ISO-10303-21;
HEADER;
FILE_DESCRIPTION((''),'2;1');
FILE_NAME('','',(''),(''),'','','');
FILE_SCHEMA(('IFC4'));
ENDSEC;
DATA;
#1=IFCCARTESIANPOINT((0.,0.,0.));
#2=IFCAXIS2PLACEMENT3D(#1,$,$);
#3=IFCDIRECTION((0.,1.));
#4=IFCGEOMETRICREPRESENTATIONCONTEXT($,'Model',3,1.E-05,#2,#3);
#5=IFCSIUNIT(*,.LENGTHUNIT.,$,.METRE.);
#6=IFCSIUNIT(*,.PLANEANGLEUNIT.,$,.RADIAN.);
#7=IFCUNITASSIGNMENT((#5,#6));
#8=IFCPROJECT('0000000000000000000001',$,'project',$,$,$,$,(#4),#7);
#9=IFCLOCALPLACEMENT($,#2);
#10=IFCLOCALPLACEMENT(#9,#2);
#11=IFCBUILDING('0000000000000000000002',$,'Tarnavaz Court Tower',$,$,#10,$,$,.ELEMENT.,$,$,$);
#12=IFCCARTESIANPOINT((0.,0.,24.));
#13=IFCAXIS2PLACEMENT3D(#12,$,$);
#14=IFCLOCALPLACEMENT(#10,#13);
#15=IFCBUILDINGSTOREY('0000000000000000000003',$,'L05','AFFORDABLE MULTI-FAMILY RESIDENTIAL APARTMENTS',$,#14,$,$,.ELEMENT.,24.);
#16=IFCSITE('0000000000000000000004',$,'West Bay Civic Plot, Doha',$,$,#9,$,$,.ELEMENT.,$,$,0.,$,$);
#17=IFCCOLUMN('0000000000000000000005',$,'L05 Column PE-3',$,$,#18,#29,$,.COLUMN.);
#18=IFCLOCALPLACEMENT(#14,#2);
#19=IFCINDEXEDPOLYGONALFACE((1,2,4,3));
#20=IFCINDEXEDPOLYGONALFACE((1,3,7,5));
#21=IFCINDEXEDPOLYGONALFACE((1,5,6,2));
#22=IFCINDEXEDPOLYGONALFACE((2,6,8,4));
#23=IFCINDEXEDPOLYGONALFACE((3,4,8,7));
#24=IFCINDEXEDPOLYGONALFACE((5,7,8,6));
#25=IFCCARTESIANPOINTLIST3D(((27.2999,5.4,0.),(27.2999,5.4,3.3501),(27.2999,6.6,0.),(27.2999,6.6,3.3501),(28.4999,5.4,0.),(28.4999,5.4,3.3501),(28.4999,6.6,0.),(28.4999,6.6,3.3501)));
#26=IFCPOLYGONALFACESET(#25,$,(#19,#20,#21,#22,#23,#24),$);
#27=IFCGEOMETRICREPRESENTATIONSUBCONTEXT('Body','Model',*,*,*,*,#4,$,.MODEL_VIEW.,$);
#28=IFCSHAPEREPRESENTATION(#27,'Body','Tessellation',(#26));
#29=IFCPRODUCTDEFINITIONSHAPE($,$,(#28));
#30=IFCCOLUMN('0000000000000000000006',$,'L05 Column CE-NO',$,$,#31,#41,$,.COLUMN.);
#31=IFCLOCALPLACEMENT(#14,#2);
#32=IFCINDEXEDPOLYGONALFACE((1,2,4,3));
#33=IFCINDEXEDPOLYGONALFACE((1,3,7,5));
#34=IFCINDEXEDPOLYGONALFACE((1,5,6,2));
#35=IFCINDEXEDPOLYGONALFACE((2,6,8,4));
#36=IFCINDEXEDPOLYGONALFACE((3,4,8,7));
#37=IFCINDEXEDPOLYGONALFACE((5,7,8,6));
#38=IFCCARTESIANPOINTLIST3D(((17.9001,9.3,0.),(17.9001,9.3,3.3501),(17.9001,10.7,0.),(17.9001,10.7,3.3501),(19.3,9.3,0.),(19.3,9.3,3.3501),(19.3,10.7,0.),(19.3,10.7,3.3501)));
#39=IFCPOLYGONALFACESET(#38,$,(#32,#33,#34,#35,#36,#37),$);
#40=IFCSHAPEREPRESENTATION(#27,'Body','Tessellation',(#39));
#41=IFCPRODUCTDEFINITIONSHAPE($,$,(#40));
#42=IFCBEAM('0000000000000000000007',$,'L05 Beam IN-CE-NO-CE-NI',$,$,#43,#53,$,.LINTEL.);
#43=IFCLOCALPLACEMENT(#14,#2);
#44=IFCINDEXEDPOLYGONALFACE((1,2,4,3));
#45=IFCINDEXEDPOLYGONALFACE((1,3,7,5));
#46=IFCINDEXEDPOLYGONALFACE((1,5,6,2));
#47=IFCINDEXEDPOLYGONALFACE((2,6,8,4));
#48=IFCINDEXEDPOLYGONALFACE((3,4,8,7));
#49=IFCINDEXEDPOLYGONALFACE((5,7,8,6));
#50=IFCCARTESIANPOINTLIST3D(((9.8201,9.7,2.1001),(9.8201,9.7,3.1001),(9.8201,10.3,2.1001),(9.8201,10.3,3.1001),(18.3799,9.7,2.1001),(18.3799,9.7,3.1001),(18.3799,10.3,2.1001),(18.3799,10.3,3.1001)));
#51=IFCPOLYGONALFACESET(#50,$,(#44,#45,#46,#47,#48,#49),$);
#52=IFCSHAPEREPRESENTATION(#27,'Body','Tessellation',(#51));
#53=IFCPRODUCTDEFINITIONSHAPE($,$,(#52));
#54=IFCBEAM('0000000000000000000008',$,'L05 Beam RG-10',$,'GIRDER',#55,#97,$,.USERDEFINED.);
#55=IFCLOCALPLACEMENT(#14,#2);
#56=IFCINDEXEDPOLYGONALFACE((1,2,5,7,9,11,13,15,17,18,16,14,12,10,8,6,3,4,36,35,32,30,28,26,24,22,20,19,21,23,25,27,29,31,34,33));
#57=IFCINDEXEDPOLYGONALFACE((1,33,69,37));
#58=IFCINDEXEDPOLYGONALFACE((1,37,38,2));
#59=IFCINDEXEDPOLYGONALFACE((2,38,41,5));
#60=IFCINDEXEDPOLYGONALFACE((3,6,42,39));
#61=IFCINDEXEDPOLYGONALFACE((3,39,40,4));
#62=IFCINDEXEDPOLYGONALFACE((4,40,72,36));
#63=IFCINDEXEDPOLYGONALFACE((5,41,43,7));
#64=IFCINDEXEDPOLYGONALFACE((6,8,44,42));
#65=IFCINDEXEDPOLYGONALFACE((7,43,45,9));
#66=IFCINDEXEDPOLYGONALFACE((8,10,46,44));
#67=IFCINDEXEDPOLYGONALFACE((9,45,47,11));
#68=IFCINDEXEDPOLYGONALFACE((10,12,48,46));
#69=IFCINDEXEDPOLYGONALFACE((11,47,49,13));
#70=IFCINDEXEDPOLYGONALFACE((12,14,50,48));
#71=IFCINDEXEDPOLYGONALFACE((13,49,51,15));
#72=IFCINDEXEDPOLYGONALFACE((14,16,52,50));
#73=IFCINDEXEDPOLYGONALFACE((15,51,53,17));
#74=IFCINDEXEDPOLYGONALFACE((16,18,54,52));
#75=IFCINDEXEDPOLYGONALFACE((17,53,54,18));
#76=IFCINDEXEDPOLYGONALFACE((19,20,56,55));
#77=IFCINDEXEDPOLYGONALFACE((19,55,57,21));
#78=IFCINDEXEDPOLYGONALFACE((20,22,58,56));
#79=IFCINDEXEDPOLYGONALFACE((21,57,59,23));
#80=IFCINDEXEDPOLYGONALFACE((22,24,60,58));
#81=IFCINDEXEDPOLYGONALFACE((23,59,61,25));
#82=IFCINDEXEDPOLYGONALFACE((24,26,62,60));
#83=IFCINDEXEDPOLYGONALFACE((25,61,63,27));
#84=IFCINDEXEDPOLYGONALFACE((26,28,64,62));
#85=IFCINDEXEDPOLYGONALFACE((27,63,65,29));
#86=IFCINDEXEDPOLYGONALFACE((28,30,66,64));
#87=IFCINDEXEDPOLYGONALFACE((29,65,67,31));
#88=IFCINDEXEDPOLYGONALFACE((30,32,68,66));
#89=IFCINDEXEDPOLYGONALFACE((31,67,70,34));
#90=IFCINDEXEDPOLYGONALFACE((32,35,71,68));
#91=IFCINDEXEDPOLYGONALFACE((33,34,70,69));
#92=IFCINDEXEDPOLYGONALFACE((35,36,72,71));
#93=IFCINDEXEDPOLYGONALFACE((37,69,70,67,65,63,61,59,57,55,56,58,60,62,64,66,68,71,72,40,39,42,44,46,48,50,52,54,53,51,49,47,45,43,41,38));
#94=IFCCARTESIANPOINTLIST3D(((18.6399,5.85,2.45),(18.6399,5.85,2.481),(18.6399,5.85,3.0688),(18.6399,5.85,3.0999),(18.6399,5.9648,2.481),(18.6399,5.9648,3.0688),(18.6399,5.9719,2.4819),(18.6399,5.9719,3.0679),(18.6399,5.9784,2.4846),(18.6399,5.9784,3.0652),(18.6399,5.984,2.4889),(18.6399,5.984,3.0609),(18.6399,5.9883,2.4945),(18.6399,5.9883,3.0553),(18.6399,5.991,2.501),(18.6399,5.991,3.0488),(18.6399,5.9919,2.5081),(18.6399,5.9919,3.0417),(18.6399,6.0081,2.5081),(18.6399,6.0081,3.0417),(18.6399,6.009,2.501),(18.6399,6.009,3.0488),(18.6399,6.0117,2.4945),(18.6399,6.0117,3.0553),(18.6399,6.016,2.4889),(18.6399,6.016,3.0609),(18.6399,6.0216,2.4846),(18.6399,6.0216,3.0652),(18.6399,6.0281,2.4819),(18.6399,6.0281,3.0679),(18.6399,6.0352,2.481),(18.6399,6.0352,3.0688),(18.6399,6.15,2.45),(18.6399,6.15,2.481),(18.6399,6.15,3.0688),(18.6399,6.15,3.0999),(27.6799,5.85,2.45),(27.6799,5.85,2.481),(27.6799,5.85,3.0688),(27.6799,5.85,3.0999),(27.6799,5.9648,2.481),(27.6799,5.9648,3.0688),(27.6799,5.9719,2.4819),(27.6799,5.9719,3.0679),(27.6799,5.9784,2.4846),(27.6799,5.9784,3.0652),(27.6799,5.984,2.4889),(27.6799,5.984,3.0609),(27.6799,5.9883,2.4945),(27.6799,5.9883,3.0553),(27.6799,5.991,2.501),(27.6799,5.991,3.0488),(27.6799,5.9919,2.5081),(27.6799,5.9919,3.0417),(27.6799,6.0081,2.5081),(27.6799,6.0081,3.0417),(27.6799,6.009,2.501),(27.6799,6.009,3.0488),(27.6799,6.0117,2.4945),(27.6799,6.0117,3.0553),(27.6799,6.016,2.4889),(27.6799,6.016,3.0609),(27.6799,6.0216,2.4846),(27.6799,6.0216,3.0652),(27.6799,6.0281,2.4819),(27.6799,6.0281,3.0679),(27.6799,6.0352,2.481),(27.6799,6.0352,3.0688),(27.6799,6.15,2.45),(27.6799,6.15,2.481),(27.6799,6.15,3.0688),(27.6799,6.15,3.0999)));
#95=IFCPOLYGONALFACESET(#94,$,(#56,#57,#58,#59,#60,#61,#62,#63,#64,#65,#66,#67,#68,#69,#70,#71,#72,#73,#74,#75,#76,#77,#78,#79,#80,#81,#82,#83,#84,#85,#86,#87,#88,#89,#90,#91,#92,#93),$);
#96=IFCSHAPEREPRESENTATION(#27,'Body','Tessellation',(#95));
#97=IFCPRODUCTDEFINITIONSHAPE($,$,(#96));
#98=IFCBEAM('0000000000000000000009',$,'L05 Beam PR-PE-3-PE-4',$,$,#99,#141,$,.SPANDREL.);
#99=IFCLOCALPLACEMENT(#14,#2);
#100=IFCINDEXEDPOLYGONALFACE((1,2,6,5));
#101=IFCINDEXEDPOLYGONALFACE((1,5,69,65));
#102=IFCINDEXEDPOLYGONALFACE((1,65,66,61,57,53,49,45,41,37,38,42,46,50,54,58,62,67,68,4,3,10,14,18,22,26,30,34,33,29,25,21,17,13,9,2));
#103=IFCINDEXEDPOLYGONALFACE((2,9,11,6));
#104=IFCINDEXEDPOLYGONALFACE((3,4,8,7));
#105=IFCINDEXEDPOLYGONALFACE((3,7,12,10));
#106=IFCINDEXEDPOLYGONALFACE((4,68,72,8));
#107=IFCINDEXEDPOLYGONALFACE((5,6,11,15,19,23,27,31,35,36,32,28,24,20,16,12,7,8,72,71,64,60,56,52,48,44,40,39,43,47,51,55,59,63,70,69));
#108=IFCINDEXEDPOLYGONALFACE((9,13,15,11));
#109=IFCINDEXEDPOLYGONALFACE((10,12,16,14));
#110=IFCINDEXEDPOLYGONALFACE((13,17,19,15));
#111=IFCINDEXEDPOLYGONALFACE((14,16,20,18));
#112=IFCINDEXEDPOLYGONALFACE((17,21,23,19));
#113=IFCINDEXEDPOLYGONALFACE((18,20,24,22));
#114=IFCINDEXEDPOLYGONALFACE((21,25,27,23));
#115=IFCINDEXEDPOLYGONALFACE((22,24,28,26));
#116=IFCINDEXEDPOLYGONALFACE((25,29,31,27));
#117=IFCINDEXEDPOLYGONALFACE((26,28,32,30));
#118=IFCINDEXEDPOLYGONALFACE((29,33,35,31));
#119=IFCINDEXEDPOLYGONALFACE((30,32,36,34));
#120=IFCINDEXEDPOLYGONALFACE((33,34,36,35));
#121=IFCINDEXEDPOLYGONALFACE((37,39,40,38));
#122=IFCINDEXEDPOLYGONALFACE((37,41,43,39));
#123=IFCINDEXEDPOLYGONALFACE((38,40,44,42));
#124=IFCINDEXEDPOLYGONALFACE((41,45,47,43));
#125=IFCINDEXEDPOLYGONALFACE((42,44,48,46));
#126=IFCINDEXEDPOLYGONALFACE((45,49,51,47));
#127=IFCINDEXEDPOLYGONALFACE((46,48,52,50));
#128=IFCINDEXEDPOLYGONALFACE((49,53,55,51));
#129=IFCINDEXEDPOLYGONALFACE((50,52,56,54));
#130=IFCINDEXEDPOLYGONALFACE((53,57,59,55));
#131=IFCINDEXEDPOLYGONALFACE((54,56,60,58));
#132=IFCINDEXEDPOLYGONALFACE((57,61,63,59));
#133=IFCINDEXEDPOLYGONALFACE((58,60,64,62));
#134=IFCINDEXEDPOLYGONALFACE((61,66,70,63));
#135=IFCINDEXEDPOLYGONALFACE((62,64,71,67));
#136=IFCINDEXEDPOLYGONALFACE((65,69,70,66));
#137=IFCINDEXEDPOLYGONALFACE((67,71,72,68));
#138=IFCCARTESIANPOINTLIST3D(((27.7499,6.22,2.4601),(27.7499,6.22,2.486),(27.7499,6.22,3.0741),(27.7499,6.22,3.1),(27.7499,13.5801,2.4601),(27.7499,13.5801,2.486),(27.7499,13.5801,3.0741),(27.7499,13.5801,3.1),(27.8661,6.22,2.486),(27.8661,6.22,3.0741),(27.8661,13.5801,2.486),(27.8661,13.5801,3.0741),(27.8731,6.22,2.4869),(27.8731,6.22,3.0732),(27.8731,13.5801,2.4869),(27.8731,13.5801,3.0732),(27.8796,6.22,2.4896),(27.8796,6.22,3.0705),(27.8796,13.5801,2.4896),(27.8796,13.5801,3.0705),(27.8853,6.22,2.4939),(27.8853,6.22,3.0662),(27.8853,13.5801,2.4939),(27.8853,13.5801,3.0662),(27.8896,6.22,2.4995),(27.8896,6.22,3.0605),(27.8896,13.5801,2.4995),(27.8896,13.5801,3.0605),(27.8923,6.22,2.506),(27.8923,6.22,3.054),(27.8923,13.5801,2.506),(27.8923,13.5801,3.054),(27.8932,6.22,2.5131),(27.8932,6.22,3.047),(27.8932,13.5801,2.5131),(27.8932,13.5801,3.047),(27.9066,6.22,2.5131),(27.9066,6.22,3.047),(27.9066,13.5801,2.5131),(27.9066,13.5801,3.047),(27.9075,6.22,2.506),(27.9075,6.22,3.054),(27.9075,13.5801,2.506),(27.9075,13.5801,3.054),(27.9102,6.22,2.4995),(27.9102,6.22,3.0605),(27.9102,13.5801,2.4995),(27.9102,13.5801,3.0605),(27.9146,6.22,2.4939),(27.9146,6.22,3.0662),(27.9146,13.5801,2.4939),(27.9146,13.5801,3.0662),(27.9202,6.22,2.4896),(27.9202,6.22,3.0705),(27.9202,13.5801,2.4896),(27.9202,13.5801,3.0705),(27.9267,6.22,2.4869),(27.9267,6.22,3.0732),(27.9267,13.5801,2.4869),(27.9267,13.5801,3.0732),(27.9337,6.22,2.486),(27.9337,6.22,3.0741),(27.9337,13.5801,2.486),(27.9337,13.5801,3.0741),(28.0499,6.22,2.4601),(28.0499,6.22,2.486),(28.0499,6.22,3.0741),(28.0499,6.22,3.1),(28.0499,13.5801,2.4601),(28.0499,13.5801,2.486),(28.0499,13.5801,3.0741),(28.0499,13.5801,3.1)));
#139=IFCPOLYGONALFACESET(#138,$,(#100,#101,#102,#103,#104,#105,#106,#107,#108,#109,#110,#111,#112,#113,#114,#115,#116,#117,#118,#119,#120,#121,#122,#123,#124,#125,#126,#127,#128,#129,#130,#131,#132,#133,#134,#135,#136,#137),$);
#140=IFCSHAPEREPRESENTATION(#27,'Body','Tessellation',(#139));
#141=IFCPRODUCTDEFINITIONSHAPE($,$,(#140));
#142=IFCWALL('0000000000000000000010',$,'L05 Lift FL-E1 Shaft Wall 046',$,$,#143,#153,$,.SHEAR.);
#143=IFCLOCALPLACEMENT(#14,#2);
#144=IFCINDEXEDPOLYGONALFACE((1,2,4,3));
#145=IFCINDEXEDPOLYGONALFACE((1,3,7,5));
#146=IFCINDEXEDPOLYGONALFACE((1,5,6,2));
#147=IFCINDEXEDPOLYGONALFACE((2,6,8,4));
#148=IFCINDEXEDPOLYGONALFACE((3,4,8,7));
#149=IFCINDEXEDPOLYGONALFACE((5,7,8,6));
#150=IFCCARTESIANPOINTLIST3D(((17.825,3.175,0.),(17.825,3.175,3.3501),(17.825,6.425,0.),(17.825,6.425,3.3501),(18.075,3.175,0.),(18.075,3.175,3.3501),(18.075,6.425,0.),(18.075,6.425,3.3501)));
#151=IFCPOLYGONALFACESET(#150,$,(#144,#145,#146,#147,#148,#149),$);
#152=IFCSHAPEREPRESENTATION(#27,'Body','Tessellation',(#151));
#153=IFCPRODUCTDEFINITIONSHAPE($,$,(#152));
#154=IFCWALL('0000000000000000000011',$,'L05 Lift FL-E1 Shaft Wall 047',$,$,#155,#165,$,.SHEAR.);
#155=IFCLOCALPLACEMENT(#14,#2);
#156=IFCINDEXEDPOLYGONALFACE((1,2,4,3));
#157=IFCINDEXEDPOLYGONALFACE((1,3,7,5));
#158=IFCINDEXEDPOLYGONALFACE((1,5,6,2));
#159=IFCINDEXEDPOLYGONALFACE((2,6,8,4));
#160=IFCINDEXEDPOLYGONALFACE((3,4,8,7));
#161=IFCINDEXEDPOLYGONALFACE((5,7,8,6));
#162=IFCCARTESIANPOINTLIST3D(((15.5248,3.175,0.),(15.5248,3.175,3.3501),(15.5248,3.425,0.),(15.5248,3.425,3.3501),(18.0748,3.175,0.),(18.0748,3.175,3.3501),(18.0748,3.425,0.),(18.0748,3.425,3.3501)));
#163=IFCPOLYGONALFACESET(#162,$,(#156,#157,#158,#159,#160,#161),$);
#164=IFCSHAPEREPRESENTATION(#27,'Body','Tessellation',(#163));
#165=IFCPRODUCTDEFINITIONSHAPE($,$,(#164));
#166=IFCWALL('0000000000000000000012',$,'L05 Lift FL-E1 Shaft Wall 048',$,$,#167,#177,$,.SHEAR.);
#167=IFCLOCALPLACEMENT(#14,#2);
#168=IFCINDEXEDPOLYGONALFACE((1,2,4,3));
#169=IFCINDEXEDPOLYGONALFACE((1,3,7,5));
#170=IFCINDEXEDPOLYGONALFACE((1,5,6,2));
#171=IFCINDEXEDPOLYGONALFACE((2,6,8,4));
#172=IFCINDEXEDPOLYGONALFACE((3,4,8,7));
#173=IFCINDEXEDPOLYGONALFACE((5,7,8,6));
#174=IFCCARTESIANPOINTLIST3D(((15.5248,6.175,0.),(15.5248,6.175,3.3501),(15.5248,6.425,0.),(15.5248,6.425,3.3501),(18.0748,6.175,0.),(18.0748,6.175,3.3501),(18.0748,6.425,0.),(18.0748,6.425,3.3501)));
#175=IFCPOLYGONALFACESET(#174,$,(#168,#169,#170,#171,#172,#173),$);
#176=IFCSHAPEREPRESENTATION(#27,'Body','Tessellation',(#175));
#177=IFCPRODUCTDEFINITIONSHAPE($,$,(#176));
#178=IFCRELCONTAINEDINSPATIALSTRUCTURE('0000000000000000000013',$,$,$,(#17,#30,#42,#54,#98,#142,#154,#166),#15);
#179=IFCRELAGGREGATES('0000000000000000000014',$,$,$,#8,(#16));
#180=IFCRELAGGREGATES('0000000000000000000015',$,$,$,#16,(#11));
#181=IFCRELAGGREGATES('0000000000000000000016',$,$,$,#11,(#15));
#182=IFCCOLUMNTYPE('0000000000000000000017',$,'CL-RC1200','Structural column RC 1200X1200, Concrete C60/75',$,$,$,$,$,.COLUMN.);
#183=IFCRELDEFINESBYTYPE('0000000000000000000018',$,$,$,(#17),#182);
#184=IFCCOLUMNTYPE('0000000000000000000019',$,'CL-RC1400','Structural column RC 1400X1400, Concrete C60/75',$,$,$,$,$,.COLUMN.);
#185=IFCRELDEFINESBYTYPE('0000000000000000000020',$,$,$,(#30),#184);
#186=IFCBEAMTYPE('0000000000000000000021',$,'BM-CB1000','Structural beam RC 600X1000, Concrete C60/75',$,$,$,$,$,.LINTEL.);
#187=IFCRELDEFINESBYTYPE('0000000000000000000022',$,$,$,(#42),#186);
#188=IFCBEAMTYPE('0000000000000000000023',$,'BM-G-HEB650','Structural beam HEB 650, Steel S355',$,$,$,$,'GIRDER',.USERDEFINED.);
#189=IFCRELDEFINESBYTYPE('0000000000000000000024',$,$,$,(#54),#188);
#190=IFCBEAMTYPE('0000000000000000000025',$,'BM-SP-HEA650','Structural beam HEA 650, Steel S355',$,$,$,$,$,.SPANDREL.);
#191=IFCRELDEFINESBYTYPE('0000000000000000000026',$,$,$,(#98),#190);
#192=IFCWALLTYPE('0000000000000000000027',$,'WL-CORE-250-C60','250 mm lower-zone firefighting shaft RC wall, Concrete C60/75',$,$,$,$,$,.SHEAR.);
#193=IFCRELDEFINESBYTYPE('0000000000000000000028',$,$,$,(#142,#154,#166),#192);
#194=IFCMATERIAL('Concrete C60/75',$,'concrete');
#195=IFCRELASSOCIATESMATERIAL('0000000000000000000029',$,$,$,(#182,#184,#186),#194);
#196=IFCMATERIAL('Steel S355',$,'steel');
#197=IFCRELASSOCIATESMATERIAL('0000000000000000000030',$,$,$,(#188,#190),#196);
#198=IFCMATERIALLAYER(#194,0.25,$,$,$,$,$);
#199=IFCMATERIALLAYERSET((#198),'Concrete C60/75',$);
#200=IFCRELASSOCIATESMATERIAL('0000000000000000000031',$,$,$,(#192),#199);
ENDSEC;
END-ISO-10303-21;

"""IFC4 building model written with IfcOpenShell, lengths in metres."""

from ifc_helpers import new_model, si_unit, direction, frame, frame_2d, origin, origin_2d, place, context, subcontext, project, spatial, rectangle, i_section, extrude, material, layer, layer_set, material_profile, profile_set, type_object, element, save


model = new_model("IFC4")

# Units and contexts
model_context = context("Model", 3, precision=1e-05, world=origin(), true_north=direction((0.0, 1.0)))
body_context = subcontext(model_context, "Body", "Model", "MODEL_VIEW")
ifc_project = project(units=[si_unit("LENGTHUNIT", "METRE"), si_unit("PLANEANGLEUNIT", "RADIAN")], contexts=[model_context])

# Site, building, storey
site_placement = place(None, origin())
site = spatial("IfcSite", under=ifc_project, at=site_placement, Name="West Bay Civic Plot, Doha", CompositionType="ELEMENT", RefElevation=0.0)
building_placement = place(site_placement, origin())
building = spatial("IfcBuilding", under=site, at=building_placement, Name="Tarnavaz Court Tower", CompositionType="ELEMENT")
storey_placement = place(building_placement, frame((0.0, 0.0, 24.0)))
storey = spatial("IfcBuildingStorey", under=building, at=storey_placement, Name="L05", Description="AFFORDABLE MULTI-FAMILY RESIDENTIAL APARTMENTS", CompositionType="ELEMENT", Elevation=24.0)

# Columns
ifc_material_1 = material(Name="Concrete C60/75", Category="concrete")
ifc_material_profile_1 = material_profile(ifc_material_1, rectangle(XDim=1.2, YDim=1.2, at=origin_2d()), Name="RC 1200X1200")
ifc_profile_set_1 = profile_set([ifc_material_profile_1], Name="Concrete C60/75")
column_type_1 = type_object("IfcColumnType", Name="CL-RC1200", Description="Structural column RC 1200X1200, Concrete C60/75", PredefinedType="COLUMN", material=ifc_profile_set_1)
column_1_placement = place(storey_placement, frame((27.8999, 6.0, 0.0), z_axis=(0.0, 0.0, 1.0), x_axis=(1.0, 0.0, 0.0)))
element("IfcColumn", 1, at=column_1_placement, inside=storey, type_object=column_type_1, Name="L05 Column PE-3", PredefinedType="COLUMN", context=body_context, shape_type="SweptSolid", body=[
    extrude(rectangle(XDim=1.2, YDim=1.2, at=origin_2d()), origin(), (0.0, 0.0, 1.0), 3.3501),
])
ifc_material_profile_2 = material_profile(ifc_material_1, rectangle(XDim=1.3999, YDim=1.3999, at=origin_2d()), Name="RC 1400X1400")
ifc_profile_set_2 = profile_set([ifc_material_profile_2], Name="Concrete C60/75")
column_type_2 = type_object("IfcColumnType", Name="CL-RC1400", Description="Structural column RC 1400X1400, Concrete C60/75", PredefinedType="COLUMN", material=ifc_profile_set_2)
column_2_placement = place(storey_placement, frame((18.6001, 10.0, 0.0), z_axis=(0.0, 0.0, 1.0), x_axis=(1.0, 0.0, 0.0)))
element("IfcColumn", 2, at=column_2_placement, inside=storey, type_object=column_type_2, Name="L05 Column CE-NO", PredefinedType="COLUMN", context=body_context, shape_type="SweptSolid", body=[
    extrude(rectangle(XDim=1.3999, YDim=1.3999, at=origin_2d()), origin(), (0.0, 0.0, 1.0), 3.3501),
])

# Beams
ifc_material_profile_3 = material_profile(ifc_material_1, rectangle(XDim=0.6001, YDim=1.0, at=origin_2d()), Name="RC 600X1000")
ifc_profile_set_3 = profile_set([ifc_material_profile_3], Name="Concrete C60/75")
beam_type_1 = type_object("IfcBeamType", Name="BM-CB1000", Description="Structural beam RC 600X1000, Concrete C60/75", PredefinedType="LINTEL", material=ifc_profile_set_3)
beam_1_placement = place(storey_placement, frame((18.3799, 10.0, 2.6001), z_axis=(-1.0, 0.0, 0.0), x_axis=(0.0, -1.0, 0.0)))
element("IfcBeam", 3, at=beam_1_placement, inside=storey, type_object=beam_type_1, Name="L05 Beam IN-CE-NO-CE-NI", PredefinedType="LINTEL", context=body_context, shape_type="SweptSolid", body=[
    extrude(rectangle(XDim=0.6001, YDim=1.0, at=origin_2d()), origin(), (0.0, 0.0, 1.0), 8.5598),
])
ifc_material_2 = material(Name="Steel S355", Category="steel")
ifc_material_profile_4 = material_profile(ifc_material_2, i_section(OverallWidth=0.3, OverallDepth=0.6499, WebThickness=0.0161, FlangeThickness=0.031, FilletRadius=0.0271, at=origin_2d()), Name="HEB 650")
ifc_profile_set_4 = profile_set([ifc_material_profile_4], Name="Steel S355")
beam_type_2 = type_object("IfcBeamType", Name="BM-G-HEB650", Description="Structural beam HEB 650, Steel S355", ElementType="GIRDER", PredefinedType="USERDEFINED", material=ifc_profile_set_4)
beam_2_placement = place(storey_placement, frame((18.6399, 6.0, 2.7749), z_axis=(1.0, 0.0, 0.0), x_axis=(0.0, 1.0, 0.0)))
element("IfcBeam", 4, at=beam_2_placement, inside=storey, type_object=beam_type_2, Name="L05 Beam RG-10", ObjectType="GIRDER", PredefinedType="USERDEFINED", context=body_context, shape_type="SweptSolid", body=[
    extrude(i_section(OverallWidth=0.3, OverallDepth=0.6499, WebThickness=0.0161, FlangeThickness=0.031, FilletRadius=0.0271, at=origin_2d()), origin(), (0.0, 0.0, 1.0), 9.04),
])
ifc_material_profile_5 = material_profile(ifc_material_2, i_section(OverallWidth=0.3, OverallDepth=0.6399, WebThickness=0.0134, FlangeThickness=0.0259, FilletRadius=0.0271, at=origin_2d()), Name="HEA 650")
ifc_profile_set_5 = profile_set([ifc_material_profile_5], Name="Steel S355")
beam_type_3 = type_object("IfcBeamType", Name="BM-SP-HEA650", Description="Structural beam HEA 650, Steel S355", PredefinedType="SPANDREL", material=ifc_profile_set_5)
beam_3_placement = place(storey_placement, frame((27.8999, 6.22, 2.78), z_axis=(0.0, 1.0, 0.0), x_axis=(-1.0, 0.0, 0.0)))
element("IfcBeam", 5, at=beam_3_placement, inside=storey, type_object=beam_type_3, Name="L05 Beam PR-PE-3-PE-4", PredefinedType="SPANDREL", context=body_context, shape_type="SweptSolid", body=[
    extrude(i_section(OverallWidth=0.3, OverallDepth=0.6399, WebThickness=0.0134, FlangeThickness=0.0259, FilletRadius=0.0271, at=origin_2d()), origin(), (0.0, 0.0, 1.0), 7.3601),
])

# Shared definitions
ifc_layer_1 = layer(ifc_material_1, 0.25)
ifc_layer_set_1 = layer_set([ifc_layer_1], Name="Concrete C60/75")
wall_type_1 = type_object("IfcWallType", Name="WL-CORE-250-C60", Description="250 mm lower-zone firefighting shaft RC wall, Concrete C60/75", PredefinedType="SHEAR", material=ifc_layer_set_1)

# Walls
wall_1_placement = place(storey_placement, frame((17.95, 3.175, 0.0), z_axis=(0.0, 0.0, 1.0), x_axis=(0.0, 1.0, 0.0)))
element("IfcWall", 6, at=wall_1_placement, inside=storey, type_object=wall_type_1, Name="L05 Lift FL-E1 Shaft Wall 046", PredefinedType="SHEAR", context=body_context, shape_type="SweptSolid", body=[
    extrude(rectangle(XDim=3.25, YDim=0.25, at=frame_2d((1.625, 0.0))), origin(), (0.0, 0.0, 1.0), 3.3501),
])
for number, where, z_axis, x_axis, name in (
    (7, (15.5249, 3.3, 0.0), (0.0, 0.0, 1.0), (1.0, 0.0, 0.0), "L05 Lift FL-E1 Shaft Wall 047"),
    (8, (15.5249, 6.3, 0.0), (0.0, 0.0, 1.0), (1.0, 0.0, 0.0), "L05 Lift FL-E1 Shaft Wall 048"),
):
    element("IfcWall", number, at=place(storey_placement, frame(where, z_axis=z_axis, x_axis=x_axis)), inside=storey, type_object=wall_type_1, Name=name, PredefinedType="SHEAR", context=body_context, shape_type="SweptSolid", body=[
        extrude(rectangle(XDim=2.55, YDim=0.25, at=frame_2d((1.2749, 0.0))), origin(), (0.0, 0.0, 1.0), 3.3501),
    ])

save(model, "model.ifc")
